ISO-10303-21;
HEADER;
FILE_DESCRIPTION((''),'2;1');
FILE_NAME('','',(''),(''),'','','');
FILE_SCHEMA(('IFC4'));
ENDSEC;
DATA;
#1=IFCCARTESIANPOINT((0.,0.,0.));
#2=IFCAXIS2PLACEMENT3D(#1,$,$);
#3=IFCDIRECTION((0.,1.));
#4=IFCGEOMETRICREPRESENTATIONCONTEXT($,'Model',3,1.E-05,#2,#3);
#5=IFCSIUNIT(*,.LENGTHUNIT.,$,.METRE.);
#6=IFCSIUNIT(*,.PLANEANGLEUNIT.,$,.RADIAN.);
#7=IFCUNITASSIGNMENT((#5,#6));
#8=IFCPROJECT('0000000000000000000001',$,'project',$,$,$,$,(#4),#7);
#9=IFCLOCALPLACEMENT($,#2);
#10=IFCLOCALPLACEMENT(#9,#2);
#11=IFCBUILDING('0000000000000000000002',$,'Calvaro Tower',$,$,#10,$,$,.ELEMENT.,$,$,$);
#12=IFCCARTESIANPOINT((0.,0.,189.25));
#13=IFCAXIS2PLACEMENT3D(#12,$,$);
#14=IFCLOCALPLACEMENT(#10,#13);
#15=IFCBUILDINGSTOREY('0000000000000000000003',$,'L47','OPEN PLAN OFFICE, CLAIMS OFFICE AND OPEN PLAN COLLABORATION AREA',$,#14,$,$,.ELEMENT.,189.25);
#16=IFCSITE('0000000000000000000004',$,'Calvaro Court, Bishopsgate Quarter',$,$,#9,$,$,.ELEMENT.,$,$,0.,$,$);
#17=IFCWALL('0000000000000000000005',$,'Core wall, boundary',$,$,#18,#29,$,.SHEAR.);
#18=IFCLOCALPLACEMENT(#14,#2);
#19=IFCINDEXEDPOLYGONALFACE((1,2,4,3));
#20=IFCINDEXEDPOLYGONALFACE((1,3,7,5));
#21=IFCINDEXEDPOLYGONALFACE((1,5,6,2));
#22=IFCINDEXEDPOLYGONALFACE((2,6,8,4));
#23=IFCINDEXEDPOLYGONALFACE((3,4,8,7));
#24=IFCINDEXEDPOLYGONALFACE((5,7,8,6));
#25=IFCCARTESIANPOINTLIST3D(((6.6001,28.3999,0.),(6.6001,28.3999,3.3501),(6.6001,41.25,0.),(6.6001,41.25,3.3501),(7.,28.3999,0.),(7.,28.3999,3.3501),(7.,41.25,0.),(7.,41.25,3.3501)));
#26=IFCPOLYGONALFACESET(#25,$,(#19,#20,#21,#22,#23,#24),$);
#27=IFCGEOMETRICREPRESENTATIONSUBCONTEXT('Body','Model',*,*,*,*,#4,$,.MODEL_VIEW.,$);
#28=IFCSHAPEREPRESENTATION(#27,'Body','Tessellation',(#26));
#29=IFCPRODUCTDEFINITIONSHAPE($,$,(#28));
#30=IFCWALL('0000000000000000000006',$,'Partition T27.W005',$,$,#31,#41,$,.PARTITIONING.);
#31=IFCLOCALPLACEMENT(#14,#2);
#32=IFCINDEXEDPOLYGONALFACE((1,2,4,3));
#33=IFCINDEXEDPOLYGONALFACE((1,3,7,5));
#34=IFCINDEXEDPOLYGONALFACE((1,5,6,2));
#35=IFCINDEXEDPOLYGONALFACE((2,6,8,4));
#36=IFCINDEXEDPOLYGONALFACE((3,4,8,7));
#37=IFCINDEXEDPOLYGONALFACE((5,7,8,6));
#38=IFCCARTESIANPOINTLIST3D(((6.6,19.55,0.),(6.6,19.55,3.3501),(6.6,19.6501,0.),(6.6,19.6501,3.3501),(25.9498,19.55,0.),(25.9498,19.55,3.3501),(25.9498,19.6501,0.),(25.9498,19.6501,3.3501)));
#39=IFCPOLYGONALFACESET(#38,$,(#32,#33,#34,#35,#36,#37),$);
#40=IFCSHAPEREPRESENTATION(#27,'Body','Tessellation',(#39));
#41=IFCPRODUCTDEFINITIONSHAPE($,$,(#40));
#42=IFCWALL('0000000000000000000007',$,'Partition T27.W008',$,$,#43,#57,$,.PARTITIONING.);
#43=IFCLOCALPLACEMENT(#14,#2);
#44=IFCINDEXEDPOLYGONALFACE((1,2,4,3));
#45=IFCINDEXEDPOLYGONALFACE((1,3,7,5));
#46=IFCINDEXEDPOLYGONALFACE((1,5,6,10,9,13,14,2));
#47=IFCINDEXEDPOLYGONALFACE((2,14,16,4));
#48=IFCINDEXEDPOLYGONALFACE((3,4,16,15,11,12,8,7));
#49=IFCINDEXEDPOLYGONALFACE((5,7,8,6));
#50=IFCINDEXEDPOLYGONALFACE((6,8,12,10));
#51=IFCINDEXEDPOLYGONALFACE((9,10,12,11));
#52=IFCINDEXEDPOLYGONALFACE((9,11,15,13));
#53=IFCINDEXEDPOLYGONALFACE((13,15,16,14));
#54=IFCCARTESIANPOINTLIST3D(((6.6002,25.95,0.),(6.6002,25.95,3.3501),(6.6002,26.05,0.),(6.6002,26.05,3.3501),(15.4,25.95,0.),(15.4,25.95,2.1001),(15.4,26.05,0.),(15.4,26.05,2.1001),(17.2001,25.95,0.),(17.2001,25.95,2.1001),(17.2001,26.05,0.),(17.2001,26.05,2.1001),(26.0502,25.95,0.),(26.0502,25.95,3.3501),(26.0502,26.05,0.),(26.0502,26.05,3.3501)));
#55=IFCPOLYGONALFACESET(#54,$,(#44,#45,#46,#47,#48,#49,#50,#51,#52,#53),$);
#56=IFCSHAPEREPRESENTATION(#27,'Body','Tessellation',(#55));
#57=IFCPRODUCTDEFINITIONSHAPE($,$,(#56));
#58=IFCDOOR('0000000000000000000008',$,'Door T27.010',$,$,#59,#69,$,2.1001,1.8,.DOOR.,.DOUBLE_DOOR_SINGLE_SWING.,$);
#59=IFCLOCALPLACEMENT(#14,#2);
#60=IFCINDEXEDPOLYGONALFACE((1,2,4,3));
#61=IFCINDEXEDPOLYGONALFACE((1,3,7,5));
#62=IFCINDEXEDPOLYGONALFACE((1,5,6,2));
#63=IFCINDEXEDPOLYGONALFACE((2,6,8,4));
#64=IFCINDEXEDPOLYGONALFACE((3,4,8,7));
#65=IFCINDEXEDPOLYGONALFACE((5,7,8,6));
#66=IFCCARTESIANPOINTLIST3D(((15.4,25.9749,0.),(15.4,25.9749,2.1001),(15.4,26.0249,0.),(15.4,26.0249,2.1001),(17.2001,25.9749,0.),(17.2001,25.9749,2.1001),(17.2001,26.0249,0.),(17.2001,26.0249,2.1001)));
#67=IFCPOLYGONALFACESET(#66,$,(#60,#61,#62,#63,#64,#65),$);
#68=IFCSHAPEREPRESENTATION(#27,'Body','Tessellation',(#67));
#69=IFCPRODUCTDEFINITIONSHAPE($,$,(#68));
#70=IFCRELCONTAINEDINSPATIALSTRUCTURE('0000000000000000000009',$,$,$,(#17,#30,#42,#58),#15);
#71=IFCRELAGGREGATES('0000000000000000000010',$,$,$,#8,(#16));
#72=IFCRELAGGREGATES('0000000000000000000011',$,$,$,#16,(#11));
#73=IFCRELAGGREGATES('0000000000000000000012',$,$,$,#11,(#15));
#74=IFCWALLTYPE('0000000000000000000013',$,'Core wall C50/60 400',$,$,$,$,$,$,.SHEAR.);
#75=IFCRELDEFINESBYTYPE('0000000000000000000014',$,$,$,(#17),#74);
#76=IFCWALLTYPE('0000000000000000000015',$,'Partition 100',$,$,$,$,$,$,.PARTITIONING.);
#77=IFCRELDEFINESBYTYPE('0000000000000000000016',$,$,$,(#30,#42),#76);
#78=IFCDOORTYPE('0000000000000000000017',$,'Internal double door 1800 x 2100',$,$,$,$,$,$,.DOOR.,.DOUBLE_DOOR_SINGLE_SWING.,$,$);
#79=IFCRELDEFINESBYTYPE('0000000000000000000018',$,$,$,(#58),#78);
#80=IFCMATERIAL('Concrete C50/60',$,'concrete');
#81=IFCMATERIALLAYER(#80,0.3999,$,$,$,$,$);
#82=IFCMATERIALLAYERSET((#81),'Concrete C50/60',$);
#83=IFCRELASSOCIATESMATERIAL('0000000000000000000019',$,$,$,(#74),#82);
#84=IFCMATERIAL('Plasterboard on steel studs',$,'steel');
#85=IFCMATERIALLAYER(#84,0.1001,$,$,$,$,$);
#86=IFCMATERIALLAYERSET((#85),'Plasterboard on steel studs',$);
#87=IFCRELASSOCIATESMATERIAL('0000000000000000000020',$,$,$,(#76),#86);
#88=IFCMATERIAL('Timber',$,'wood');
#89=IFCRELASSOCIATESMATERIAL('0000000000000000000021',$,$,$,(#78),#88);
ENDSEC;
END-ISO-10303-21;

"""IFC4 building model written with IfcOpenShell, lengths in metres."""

from ifc_helpers import new_model, si_unit, direction, frame, frame_2d, origin, place, context, subcontext, project, spatial, rectangle, extrude, material, layer, layer_set, type_object, element, fill, save


model = new_model("IFC4")

# Units and contexts
model_context = context("Model", 3, precision=1e-05, world=origin(), true_north=direction((0.0, 1.0)))
body_context = subcontext(model_context, "Body", "Model", "MODEL_VIEW")
ifc_project = project(units=[si_unit("LENGTHUNIT", "METRE"), si_unit("PLANEANGLEUNIT", "RADIAN")], contexts=[model_context])

# Site, building, storey
site_placement = place(None, origin())
site = spatial("IfcSite", under=ifc_project, at=site_placement, Name="Calvaro Court, Bishopsgate Quarter", CompositionType="ELEMENT", RefElevation=0.0)
building_placement = place(site_placement, origin())
building = spatial("IfcBuilding", under=site, at=building_placement, Name="Calvaro Tower", CompositionType="ELEMENT")
storey_placement = place(building_placement, frame((0.0, 0.0, 189.25)))
storey = spatial("IfcBuildingStorey", under=building, at=storey_placement, Name="L47", Description="OPEN PLAN OFFICE, CLAIMS OFFICE AND OPEN PLAN COLLABORATION AREA", CompositionType="ELEMENT", Elevation=189.25)

# Shared definitions
ifc_material_1 = material(Name="Concrete C50/60", Category="concrete")
ifc_layer_1 = layer(ifc_material_1, 0.3999)
ifc_layer_set_1 = layer_set([ifc_layer_1], Name="Concrete C50/60")
wall_type_1 = type_object("IfcWallType", Name="Core wall C50/60 400", PredefinedType="SHEAR", material=ifc_layer_set_1)

# Walls
wall_1_placement = place(storey_placement, frame((6.8, 28.3999, 0.0), z_axis=(0.0, 0.0, 1.0), x_axis=(0.0, 1.0, 0.0)))
element("IfcWall", 1, at=wall_1_placement, inside=storey, type_object=wall_type_1, Name="Core wall, boundary", PredefinedType="SHEAR", context=body_context, shape_type="SweptSolid", body=[
    extrude(rectangle(XDim=12.8501, YDim=0.3999, at=frame_2d((6.425, 0.0))), origin(), (0.0, 0.0, 1.0), 3.3501),
])
ifc_material_2 = material(Name="Plasterboard on steel studs", Category="steel")
ifc_layer_2 = layer(ifc_material_2, 0.1001)
ifc_layer_set_2 = layer_set([ifc_layer_2], Name="Plasterboard on steel studs")
wall_type_2 = type_object("IfcWallType", Name="Partition 100", PredefinedType="PARTITIONING", material=ifc_layer_set_2)
wall_2_placement = place(storey_placement, frame((6.6001, 19.6001, 0.0), z_axis=(0.0, 0.0, 1.0), x_axis=(1.0, 0.0, 0.0)))
element("IfcWall", 2, at=wall_2_placement, inside=storey, type_object=wall_type_2, Name="Partition T27.W005", PredefinedType="PARTITIONING", context=body_context, shape_type="SweptSolid", body=[
    extrude(rectangle(XDim=19.3499, YDim=0.1001, at=frame_2d((9.6748, 0.0))), origin(), (0.0, 0.0, 1.0), 3.3501),
])

# Wall, opening, door
wall_3_placement = place(storey_placement, frame((6.6001, 26.0, 0.0), z_axis=(0.0, 0.0, 1.0), x_axis=(1.0, 0.0, 0.0)))
wall_3 = element("IfcWall", 3, at=wall_3_placement, inside=storey, type_object=wall_type_2, Name="Partition T27.W008", PredefinedType="PARTITIONING", context=body_context, shape_type="SweptSolid", body=[
    extrude(rectangle(XDim=19.45, YDim=0.1001, at=frame_2d((9.7251, 0.0))), origin(), (0.0, 0.0, 1.0), 3.3501),
])
opening_1_placement = place(wall_3_placement, frame((8.8, 0.0, 0.0)))
opening_1 = element("IfcOpeningElement", 4, at=opening_1_placement, cuts=wall_3, PredefinedType="OPENING", context=body_context, shape_type="SweptSolid", body=[
    extrude(rectangle(XDim=1.8, YDim=2.1001, at=frame_2d((0.8999, 1.05))), frame((0.0, 0.0601, 0.0), z_axis=(0.0, -1.0, 0.0), x_axis=(1.0, 0.0, 0.0)), (0.0, 0.0, 1.0), 0.1201),
])
ifc_material_3 = material(Name="Timber", Category="wood")
door_type_1 = type_object("IfcDoorType", Name="Internal double door 1800 x 2100", OperationType="DOUBLE_DOOR_SINGLE_SWING", PredefinedType="DOOR", material=ifc_material_3)
door_1_placement = place(opening_1_placement, origin())
door_1 = element("IfcDoor", 5, at=door_1_placement, inside=storey, type_object=door_type_1, Name="Door T27.010", OperationType="DOUBLE_DOOR_SINGLE_SWING", OverallHeight=2.1001, OverallWidth=1.8, PredefinedType="DOOR", context=body_context, shape_type="SweptSolid", body=[
    extrude(rectangle(XDim=1.8, YDim=2.1001, at=frame_2d((0.8999, 1.05))), frame((0.0, 0.0249, 0.0), z_axis=(0.0, -1.0, 0.0), x_axis=(1.0, 0.0, 0.0)), (0.0, 0.0, 1.0), 0.05),
])
fill(opening_1, door_1)

save(model, "model.ifc")
